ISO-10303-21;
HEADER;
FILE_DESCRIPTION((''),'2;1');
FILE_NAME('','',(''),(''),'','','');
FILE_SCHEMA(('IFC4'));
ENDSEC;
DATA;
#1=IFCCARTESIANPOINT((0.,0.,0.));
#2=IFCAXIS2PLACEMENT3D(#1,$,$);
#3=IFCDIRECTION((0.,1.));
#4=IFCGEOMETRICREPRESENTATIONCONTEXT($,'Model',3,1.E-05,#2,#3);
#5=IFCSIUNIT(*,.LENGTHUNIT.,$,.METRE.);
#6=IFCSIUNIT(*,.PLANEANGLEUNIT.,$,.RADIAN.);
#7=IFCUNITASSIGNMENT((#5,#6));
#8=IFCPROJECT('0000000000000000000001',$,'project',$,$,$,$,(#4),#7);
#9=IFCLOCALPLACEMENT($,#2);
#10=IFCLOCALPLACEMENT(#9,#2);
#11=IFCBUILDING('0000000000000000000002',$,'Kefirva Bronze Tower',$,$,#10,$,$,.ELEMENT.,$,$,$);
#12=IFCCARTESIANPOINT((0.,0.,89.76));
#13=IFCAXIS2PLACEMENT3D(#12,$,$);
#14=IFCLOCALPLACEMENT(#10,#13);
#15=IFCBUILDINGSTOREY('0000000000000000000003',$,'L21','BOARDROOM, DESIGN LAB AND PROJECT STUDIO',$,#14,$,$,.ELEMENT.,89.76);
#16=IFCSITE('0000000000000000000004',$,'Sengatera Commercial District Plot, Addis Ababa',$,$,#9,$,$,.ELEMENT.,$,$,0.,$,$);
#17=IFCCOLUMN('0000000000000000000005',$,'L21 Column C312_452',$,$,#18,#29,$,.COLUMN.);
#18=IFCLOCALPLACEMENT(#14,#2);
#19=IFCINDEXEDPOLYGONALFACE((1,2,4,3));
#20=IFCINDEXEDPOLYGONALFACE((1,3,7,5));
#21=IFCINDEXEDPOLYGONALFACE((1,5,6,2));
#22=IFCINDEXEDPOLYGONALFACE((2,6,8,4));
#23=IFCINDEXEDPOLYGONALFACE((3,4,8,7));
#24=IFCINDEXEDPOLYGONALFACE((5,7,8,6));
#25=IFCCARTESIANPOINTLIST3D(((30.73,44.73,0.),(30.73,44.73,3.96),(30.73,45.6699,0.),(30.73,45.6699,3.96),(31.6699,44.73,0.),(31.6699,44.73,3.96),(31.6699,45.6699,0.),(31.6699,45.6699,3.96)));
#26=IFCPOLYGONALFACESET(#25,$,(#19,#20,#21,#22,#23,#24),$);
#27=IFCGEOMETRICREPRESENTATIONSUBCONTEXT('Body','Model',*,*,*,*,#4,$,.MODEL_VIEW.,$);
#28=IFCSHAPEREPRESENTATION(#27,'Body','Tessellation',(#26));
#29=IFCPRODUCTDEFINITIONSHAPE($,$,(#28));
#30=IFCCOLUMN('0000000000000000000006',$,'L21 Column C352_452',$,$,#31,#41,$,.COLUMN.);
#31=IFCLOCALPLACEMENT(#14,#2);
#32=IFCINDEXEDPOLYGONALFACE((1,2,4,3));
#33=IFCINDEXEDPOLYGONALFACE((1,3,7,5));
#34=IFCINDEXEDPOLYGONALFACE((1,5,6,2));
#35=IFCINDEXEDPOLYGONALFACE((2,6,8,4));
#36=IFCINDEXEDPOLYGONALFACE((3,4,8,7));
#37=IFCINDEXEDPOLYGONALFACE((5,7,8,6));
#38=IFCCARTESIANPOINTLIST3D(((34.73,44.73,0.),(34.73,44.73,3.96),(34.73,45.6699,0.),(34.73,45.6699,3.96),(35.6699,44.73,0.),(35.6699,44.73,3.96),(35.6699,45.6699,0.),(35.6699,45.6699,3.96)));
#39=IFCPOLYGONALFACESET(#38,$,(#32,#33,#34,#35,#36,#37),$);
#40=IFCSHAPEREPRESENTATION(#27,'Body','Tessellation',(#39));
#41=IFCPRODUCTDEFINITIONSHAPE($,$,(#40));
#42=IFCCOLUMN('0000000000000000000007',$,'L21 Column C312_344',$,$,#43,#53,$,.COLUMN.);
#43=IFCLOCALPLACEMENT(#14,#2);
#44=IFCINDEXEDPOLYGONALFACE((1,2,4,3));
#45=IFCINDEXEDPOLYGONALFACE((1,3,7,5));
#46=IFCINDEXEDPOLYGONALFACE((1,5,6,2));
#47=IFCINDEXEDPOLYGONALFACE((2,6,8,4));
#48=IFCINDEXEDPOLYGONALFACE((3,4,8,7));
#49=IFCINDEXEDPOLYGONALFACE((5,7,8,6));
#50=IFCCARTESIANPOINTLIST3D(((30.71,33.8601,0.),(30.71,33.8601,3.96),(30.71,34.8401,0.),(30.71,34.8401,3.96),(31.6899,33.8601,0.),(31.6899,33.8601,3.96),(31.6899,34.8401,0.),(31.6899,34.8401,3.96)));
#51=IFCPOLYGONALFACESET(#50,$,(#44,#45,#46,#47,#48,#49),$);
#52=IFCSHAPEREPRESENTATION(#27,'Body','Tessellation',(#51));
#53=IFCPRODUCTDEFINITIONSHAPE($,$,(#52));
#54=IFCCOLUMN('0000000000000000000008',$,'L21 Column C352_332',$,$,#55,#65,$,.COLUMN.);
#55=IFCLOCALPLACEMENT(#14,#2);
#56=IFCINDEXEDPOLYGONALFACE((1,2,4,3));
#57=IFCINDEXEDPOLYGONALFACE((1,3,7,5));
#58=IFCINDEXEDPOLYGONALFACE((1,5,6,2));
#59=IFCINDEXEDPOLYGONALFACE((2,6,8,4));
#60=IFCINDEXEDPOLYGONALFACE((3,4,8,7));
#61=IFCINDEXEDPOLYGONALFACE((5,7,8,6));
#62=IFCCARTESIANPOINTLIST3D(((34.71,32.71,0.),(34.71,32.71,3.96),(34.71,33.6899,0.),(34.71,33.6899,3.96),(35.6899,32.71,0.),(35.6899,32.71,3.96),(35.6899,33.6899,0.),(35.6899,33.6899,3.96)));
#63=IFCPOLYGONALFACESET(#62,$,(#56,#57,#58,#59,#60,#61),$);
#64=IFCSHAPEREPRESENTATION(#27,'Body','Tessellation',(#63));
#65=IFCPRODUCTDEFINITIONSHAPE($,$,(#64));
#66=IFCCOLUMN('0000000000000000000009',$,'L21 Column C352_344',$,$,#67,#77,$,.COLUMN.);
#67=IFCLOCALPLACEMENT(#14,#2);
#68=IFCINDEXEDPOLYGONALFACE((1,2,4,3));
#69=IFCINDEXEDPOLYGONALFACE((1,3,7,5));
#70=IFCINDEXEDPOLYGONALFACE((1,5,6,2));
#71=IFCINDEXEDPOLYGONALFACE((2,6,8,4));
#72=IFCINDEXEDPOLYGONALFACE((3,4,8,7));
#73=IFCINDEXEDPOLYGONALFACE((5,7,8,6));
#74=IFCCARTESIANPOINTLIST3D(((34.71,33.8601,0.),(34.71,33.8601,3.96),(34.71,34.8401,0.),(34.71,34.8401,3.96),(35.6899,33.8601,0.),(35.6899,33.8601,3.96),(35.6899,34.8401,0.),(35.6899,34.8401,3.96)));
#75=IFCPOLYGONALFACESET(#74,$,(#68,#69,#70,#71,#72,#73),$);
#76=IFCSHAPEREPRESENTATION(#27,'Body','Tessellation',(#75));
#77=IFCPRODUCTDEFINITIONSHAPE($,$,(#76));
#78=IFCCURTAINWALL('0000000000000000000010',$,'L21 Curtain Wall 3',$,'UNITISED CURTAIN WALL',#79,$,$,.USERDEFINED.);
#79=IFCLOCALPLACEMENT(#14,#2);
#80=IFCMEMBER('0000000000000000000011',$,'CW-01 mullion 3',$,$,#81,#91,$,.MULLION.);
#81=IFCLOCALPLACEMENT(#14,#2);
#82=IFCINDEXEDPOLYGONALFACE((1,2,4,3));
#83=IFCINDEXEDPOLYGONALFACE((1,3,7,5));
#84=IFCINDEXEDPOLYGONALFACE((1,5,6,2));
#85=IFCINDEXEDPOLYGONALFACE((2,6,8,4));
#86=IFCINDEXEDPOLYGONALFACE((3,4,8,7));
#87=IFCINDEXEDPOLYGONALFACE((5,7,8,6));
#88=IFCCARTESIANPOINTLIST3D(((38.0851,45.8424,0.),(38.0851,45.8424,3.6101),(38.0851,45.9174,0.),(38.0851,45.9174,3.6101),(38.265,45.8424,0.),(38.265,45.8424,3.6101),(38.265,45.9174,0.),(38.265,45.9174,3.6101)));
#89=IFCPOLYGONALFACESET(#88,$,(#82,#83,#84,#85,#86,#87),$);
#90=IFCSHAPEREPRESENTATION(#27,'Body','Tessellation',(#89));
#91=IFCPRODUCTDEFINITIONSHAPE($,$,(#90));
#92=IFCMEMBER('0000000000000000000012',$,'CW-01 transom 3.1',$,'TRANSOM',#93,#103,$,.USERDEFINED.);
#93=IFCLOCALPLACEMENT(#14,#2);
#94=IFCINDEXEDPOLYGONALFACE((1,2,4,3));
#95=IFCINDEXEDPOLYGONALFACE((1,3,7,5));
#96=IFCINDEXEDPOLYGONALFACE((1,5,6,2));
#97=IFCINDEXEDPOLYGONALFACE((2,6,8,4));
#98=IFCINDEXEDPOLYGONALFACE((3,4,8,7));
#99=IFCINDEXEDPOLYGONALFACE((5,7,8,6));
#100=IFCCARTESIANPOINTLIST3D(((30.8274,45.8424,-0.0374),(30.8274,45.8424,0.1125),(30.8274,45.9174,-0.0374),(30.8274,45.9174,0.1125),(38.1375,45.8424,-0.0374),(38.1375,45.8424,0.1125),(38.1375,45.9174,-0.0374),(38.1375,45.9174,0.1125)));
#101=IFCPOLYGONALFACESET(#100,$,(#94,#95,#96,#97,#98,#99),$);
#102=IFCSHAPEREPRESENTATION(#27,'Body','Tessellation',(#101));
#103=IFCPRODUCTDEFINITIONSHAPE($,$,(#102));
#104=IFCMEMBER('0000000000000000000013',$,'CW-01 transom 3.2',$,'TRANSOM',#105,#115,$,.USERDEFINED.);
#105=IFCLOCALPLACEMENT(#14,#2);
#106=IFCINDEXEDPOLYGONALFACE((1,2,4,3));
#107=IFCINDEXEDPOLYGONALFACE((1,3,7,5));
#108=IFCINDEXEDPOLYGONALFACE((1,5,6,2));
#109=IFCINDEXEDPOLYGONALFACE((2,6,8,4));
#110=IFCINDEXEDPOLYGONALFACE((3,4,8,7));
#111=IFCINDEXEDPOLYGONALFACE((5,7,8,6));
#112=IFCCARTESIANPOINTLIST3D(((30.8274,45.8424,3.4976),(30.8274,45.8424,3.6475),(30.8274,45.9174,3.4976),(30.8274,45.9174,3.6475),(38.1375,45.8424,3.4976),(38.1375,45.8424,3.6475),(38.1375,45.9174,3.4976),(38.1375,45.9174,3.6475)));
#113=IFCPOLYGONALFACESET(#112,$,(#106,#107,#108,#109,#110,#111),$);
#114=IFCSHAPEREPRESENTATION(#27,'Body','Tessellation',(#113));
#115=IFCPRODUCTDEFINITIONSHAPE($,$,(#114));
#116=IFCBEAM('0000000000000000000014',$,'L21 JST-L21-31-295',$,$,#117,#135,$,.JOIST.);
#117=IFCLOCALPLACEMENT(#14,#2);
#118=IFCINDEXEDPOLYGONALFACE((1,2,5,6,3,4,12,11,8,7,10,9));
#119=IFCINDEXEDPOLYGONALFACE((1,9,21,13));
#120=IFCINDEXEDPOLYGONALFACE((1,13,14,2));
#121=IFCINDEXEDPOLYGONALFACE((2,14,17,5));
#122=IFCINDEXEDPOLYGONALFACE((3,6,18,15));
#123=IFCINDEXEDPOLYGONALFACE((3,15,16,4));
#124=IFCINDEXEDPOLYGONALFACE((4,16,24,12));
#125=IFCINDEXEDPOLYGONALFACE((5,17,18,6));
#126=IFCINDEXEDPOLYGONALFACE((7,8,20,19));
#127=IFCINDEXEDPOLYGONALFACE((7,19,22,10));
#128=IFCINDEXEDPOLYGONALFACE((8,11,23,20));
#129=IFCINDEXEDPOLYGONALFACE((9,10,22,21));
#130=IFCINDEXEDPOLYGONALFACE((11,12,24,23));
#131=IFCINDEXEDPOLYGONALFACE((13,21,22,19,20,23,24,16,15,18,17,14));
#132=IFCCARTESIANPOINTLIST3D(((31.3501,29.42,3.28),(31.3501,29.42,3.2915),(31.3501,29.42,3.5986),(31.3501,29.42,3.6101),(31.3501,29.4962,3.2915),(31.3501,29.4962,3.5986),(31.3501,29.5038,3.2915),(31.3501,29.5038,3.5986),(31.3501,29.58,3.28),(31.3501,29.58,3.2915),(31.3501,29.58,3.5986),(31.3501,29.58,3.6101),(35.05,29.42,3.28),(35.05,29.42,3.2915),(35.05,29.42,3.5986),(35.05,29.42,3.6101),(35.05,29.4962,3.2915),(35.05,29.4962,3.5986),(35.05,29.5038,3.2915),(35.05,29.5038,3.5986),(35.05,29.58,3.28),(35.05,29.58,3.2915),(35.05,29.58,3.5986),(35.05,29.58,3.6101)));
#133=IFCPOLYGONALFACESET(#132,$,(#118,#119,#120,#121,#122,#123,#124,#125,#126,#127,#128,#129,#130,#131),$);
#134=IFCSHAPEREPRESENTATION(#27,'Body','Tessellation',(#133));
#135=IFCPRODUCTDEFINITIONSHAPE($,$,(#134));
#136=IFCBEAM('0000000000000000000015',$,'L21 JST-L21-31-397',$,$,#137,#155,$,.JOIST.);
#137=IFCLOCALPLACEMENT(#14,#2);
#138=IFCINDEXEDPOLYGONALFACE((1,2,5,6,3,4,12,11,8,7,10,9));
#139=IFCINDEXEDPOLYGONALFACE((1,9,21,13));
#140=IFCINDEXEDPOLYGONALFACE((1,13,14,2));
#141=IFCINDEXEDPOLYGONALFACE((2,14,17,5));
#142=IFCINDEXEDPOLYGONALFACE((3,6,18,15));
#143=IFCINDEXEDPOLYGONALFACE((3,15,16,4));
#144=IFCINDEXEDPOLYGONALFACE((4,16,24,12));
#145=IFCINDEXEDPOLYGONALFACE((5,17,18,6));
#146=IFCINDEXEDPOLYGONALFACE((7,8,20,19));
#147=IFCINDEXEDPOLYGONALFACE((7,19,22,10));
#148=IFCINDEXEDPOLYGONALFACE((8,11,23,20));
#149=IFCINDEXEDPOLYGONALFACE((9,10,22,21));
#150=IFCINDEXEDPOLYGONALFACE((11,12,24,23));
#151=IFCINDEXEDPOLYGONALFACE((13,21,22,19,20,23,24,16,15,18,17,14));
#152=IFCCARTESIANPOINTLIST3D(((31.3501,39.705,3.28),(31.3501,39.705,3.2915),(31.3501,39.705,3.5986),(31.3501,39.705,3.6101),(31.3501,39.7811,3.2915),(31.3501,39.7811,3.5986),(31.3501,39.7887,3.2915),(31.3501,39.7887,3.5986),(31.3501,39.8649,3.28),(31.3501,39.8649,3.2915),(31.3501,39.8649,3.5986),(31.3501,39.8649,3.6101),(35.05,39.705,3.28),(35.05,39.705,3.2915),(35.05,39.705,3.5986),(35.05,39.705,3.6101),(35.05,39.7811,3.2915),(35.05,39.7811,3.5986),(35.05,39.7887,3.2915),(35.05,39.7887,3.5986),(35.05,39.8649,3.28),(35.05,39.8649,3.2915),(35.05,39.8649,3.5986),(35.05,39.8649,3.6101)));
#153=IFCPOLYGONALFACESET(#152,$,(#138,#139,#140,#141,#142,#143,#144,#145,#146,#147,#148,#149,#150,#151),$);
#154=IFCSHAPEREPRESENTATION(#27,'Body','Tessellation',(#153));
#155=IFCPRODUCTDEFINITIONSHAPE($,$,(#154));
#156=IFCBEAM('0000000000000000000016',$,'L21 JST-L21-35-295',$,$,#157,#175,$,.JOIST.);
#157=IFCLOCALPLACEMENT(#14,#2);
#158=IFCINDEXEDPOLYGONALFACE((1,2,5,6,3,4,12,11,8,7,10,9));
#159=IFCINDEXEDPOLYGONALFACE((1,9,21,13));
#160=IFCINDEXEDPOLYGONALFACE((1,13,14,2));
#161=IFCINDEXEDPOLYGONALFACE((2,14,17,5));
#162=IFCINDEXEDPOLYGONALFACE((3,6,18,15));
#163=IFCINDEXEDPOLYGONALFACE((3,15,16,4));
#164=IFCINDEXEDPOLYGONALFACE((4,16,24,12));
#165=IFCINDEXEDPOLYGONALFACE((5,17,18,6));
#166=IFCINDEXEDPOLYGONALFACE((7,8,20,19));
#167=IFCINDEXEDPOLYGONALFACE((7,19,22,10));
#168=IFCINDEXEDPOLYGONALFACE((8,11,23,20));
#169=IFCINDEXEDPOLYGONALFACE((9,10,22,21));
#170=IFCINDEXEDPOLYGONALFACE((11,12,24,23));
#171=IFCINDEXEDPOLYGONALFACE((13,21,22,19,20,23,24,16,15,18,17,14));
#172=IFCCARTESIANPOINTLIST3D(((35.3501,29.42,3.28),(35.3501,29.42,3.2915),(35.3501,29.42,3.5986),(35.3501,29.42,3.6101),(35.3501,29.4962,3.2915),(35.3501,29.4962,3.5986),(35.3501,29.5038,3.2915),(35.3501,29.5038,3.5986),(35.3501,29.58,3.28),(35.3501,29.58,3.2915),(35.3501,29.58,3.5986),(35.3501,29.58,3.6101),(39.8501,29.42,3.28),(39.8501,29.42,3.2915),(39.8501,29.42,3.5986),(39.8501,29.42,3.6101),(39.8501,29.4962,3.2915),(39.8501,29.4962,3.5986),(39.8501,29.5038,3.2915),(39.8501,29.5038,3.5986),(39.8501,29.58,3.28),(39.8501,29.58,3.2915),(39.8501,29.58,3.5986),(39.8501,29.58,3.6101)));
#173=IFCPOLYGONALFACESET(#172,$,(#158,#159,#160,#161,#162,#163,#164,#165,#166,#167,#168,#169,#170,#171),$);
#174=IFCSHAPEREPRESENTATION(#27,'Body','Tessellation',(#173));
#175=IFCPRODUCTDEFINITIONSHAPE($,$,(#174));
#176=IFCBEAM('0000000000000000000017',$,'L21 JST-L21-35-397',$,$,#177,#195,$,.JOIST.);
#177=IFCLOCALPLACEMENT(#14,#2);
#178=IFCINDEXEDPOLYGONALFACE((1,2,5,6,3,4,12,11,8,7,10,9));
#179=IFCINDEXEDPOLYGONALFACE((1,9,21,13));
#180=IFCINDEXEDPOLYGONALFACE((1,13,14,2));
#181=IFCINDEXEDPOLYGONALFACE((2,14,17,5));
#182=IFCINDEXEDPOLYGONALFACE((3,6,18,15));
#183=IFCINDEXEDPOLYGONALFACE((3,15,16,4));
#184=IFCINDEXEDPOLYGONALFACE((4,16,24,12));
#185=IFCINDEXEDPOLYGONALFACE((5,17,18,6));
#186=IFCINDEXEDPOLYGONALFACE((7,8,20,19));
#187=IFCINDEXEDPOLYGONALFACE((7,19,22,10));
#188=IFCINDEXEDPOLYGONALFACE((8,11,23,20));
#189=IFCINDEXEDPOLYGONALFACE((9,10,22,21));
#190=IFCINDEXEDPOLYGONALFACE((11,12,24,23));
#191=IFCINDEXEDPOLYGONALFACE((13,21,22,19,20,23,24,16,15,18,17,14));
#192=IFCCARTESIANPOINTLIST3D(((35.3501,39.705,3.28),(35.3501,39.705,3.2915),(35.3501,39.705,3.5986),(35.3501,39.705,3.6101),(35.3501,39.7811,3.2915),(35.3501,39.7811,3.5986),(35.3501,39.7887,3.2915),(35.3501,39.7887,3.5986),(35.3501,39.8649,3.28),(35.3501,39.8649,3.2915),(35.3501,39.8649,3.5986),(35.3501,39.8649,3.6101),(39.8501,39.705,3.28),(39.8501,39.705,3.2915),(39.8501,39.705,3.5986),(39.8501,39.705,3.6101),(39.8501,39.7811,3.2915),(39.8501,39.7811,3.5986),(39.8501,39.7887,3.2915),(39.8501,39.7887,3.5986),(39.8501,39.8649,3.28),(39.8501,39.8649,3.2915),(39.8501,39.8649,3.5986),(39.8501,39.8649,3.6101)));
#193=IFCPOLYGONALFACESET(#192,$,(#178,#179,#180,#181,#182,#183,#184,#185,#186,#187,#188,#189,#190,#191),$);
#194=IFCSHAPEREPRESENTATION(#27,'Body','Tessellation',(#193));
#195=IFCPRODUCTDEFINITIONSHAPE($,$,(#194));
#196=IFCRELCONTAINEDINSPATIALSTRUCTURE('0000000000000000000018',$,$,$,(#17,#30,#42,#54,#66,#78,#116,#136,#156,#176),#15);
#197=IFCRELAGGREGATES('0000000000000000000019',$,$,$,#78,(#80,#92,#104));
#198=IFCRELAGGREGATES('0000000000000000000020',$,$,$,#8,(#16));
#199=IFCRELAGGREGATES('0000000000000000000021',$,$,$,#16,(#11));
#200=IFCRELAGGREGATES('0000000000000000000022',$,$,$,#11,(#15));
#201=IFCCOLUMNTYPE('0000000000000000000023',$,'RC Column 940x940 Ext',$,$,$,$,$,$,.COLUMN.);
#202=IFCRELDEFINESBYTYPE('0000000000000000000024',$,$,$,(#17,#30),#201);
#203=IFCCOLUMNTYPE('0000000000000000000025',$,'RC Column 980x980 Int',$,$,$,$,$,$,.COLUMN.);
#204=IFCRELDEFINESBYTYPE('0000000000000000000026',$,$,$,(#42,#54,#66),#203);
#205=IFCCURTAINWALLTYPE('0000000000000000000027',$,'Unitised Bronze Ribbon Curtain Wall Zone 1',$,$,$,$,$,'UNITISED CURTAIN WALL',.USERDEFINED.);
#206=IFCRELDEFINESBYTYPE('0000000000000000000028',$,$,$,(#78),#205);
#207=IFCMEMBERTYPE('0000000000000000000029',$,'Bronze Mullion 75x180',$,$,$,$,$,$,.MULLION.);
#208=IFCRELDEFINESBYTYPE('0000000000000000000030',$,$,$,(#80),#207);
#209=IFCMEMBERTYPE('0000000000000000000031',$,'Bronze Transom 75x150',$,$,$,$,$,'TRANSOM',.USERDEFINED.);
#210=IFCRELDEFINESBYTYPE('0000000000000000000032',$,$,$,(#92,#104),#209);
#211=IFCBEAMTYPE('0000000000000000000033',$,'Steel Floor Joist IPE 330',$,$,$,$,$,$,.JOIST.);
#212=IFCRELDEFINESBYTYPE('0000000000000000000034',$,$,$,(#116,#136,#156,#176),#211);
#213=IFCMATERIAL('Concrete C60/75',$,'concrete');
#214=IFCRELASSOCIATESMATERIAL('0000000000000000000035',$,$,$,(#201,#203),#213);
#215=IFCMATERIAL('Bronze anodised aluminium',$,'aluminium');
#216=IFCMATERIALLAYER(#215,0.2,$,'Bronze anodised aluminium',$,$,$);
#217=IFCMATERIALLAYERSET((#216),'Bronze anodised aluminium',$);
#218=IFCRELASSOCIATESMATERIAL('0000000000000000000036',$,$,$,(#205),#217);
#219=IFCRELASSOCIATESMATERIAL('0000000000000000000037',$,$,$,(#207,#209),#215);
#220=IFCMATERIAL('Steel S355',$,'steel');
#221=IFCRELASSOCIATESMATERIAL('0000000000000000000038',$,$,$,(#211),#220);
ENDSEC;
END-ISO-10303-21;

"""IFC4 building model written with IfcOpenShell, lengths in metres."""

from ifc_helpers import new_model, si_unit, direction, frame, origin, origin_2d, place, context, subcontext, project, spatial, rectangle, i_section, extrude, material, layer, layer_set, material_profile, profile_set, type_object, element, aggregate, save


model = new_model("IFC4")

# Units and contexts
model_context = context("Model", 3, precision=1e-05, world=origin(), true_north=direction((0.0, 1.0)))
body_context = subcontext(model_context, "Body", "Model", "MODEL_VIEW")
ifc_project = project(units=[si_unit("LENGTHUNIT", "METRE"), si_unit("PLANEANGLEUNIT", "RADIAN")], contexts=[model_context])

# Site, building, storey
site_placement = place(None, origin())
site = spatial("IfcSite", under=ifc_project, at=site_placement, Name="Sengatera Commercial District Plot, Addis Ababa", CompositionType="ELEMENT", RefElevation=0.0)
building_placement = place(site_placement, origin())
building = spatial("IfcBuilding", under=site, at=building_placement, Name="Kefirva Bronze Tower", CompositionType="ELEMENT")
storey_placement = place(building_placement, frame((0.0, 0.0, 89.76)))
storey = spatial("IfcBuildingStorey", under=building, at=storey_placement, Name="L21", Description="BOARDROOM, DESIGN LAB AND PROJECT STUDIO", CompositionType="ELEMENT", Elevation=89.76)

# Columns
ifc_material_1 = material(Name="Concrete C60/75", Category="concrete")
ifc_material_profile_1 = material_profile(ifc_material_1, rectangle(XDim=0.9399, YDim=0.9399, at=origin_2d()), Name="RC 940x940")
ifc_profile_set_1 = profile_set([ifc_material_profile_1], Name="Concrete C60/75")
column_type_1 = type_object("IfcColumnType", Name="RC Column 940x940 Ext", PredefinedType="COLUMN", material=ifc_profile_set_1)
for number, where, z_axis, x_axis, name in (
    (1, (31.2, 45.2, 0.0), (0.0, 0.0, 1.0), (1.0, 0.0, 0.0), "L21 Column C312_452"),
    (2, (35.2, 45.2, 0.0), (0.0, 0.0, 1.0), (1.0, 0.0, 0.0), "L21 Column C352_452"),
):
    element("IfcColumn", number, at=place(storey_placement, frame(where, z_axis=z_axis, x_axis=x_axis)), inside=storey, type_object=column_type_1, Name=name, PredefinedType="COLUMN", context=body_context, shape_type="SweptSolid", body=[
        extrude(rectangle(XDim=0.9399, YDim=0.9399, at=origin_2d()), origin(), (0.0, 0.0, 1.0), 3.96),
    ])
ifc_material_profile_2 = material_profile(ifc_material_1, rectangle(XDim=0.98, YDim=0.98, at=origin_2d()), Name="RC 980x980")
ifc_profile_set_2 = profile_set([ifc_material_profile_2], Name="Concrete C60/75")
column_type_2 = type_object("IfcColumnType", Name="RC Column 980x980 Int", PredefinedType="COLUMN", material=ifc_profile_set_2)
for number, where, z_axis, x_axis, name in (
    (3, (31.2, 34.3501, 0.0), (0.0, 0.0, 1.0), (1.0, 0.0, 0.0), "L21 Column C312_344"),
    (4, (35.2, 33.2, 0.0), (0.0, 0.0, 1.0), (1.0, 0.0, 0.0), "L21 Column C352_332"),
    (5, (35.2, 34.3501, 0.0), (0.0, 0.0, 1.0), (1.0, 0.0, 0.0), "L21 Column C352_344"),
):
    element("IfcColumn", number, at=place(storey_placement, frame(where, z_axis=z_axis, x_axis=x_axis)), inside=storey, type_object=column_type_2, Name=name, PredefinedType="COLUMN", context=body_context, shape_type="SweptSolid", body=[
        extrude(rectangle(XDim=0.98, YDim=0.98, at=origin_2d()), origin(), (0.0, 0.0, 1.0), 3.96),
    ])

# Curtain wall, members
ifc_material_2 = material(Name="Bronze anodised aluminium", Category="aluminium")
ifc_layer_1 = layer(ifc_material_2, 0.2, Name="Bronze anodised aluminium")
ifc_layer_set_1 = layer_set([ifc_layer_1], Name="Bronze anodised aluminium")
curtain_wall_type = type_object("IfcCurtainWallType", Name="Unitised Bronze Ribbon Curtain Wall Zone 1", ElementType="UNITISED CURTAIN WALL", PredefinedType="USERDEFINED", material=ifc_layer_set_1)
curtain_wall_placement = place(storey_placement, origin())
curtain_wall = element("IfcCurtainWall", 6, at=curtain_wall_placement, inside=storey, type_object=curtain_wall_type, Name="L21 Curtain Wall 3", ObjectType="UNITISED CURTAIN WALL", PredefinedType="USERDEFINED")
ifc_material_profile_3 = material_profile(ifc_material_2, rectangle(XDim=0.075, YDim=0.1799, at=origin_2d()), Name="ALU 75x180")
ifc_profile_set_3 = profile_set([ifc_material_profile_3], Name="Bronze anodised aluminium")
member_type_1 = type_object("IfcMemberType", Name="Bronze Mullion 75x180", PredefinedType="MULLION", material=ifc_profile_set_3)
member_1_placement = place(storey_placement, frame((38.175, 45.8799, 0.0), z_axis=(0.0, 0.0, 1.0), x_axis=(0.0, -1.0, 0.0)))
member_1 = element("IfcMember", 7, at=member_1_placement, type_object=member_type_1, Name="CW-01 mullion 3", PredefinedType="MULLION", context=body_context, shape_type="SweptSolid", body=[
    extrude(rectangle(XDim=0.075, YDim=0.1799, at=origin_2d()), origin(), (0.0, 0.0, 1.0), 3.6101),
])
ifc_material_profile_4 = material_profile(ifc_material_2, rectangle(XDim=0.075, YDim=0.1499, at=origin_2d()), Name="ALU 75x150")
ifc_profile_set_4 = profile_set([ifc_material_profile_4], Name="Bronze anodised aluminium")
member_type_2 = type_object("IfcMemberType", Name="Bronze Transom 75x150", ElementType="TRANSOM", PredefinedType="USERDEFINED", material=ifc_profile_set_4)
member_2_placement = place(storey_placement, frame((38.1375, 45.8799, 0.0376), z_axis=(-1.0, 0.0, 0.0), x_axis=(0.0, -1.0, 0.0)))
member_2 = element("IfcMember", 8, at=member_2_placement, type_object=member_type_2, Name="CW-01 transom 3.1", ObjectType="TRANSOM", PredefinedType="USERDEFINED", context=body_context, shape_type="SweptSolid", body=[
    extrude(rectangle(XDim=0.075, YDim=0.1499, at=origin_2d()), origin(), (0.0, 0.0, 1.0), 7.3101),
])
member_3_placement = place(storey_placement, frame((38.1375, 45.8799, 3.5725), z_axis=(-1.0, 0.0, 0.0), x_axis=(0.0, -1.0, 0.0)))
member_3 = element("IfcMember", 9, at=member_3_placement, type_object=member_type_2, Name="CW-01 transom 3.2", ObjectType="TRANSOM", PredefinedType="USERDEFINED", context=body_context, shape_type="SweptSolid", body=[
    extrude(rectangle(XDim=0.075, YDim=0.1499, at=origin_2d()), origin(), (0.0, 0.0, 1.0), 7.3101),
])

# Beams
ifc_material_3 = material(Name="Steel S355", Category="steel")
ifc_material_profile_5 = material_profile(ifc_material_3, i_section(OverallWidth=0.1599, OverallDepth=0.3301, WebThickness=0.0076, FlangeThickness=0.0115, at=origin_2d()), Name="IPE 330")
ifc_profile_set_5 = profile_set([ifc_material_profile_5], Name="Steel S355")
beam_type_1 = type_object("IfcBeamType", Name="Steel Floor Joist IPE 330", PredefinedType="JOIST", material=ifc_profile_set_5)
for number, where, z_axis, x_axis, name in (
    (10, (31.3501, 29.5, 3.4451), (1.0, 0.0, 0.0), (0.0, 1.0, 0.0), "L21 JST-L21-31-295"),
    (11, (31.3501, 39.7849, 3.4451), (1.0, 0.0, 0.0), (0.0, 1.0, 0.0), "L21 JST-L21-31-397"),
):
    element("IfcBeam", number, at=place(storey_placement, frame(where, z_axis=z_axis, x_axis=x_axis)), inside=storey, type_object=beam_type_1, Name=name, PredefinedType="JOIST", context=body_context, shape_type="SweptSolid", body=[
        extrude(i_section(OverallWidth=0.1599, OverallDepth=0.3301, WebThickness=0.0076, FlangeThickness=0.0115, at=origin_2d()), origin(), (0.0, 0.0, 1.0), 3.7),
    ])
for number, where, z_axis, x_axis, name in (
    (12, (35.3501, 29.5, 3.4451), (1.0, 0.0, 0.0), (0.0, 1.0, 0.0), "L21 JST-L21-35-295"),
    (13, (35.3501, 39.7849, 3.4451), (1.0, 0.0, 0.0), (0.0, 1.0, 0.0), "L21 JST-L21-35-397"),
):
    element("IfcBeam", number, at=place(storey_placement, frame(where, z_axis=z_axis, x_axis=x_axis)), inside=storey, type_object=beam_type_1, Name=name, PredefinedType="JOIST", context=body_context, shape_type="SweptSolid", body=[
        extrude(i_section(OverallWidth=0.1599, OverallDepth=0.3301, WebThickness=0.0076, FlangeThickness=0.0115, at=origin_2d()), origin(), (0.0, 0.0, 1.0), 4.5),
    ])

aggregate(curtain_wall, [member_1, member_2, member_3])

save(model, "model.ifc")
